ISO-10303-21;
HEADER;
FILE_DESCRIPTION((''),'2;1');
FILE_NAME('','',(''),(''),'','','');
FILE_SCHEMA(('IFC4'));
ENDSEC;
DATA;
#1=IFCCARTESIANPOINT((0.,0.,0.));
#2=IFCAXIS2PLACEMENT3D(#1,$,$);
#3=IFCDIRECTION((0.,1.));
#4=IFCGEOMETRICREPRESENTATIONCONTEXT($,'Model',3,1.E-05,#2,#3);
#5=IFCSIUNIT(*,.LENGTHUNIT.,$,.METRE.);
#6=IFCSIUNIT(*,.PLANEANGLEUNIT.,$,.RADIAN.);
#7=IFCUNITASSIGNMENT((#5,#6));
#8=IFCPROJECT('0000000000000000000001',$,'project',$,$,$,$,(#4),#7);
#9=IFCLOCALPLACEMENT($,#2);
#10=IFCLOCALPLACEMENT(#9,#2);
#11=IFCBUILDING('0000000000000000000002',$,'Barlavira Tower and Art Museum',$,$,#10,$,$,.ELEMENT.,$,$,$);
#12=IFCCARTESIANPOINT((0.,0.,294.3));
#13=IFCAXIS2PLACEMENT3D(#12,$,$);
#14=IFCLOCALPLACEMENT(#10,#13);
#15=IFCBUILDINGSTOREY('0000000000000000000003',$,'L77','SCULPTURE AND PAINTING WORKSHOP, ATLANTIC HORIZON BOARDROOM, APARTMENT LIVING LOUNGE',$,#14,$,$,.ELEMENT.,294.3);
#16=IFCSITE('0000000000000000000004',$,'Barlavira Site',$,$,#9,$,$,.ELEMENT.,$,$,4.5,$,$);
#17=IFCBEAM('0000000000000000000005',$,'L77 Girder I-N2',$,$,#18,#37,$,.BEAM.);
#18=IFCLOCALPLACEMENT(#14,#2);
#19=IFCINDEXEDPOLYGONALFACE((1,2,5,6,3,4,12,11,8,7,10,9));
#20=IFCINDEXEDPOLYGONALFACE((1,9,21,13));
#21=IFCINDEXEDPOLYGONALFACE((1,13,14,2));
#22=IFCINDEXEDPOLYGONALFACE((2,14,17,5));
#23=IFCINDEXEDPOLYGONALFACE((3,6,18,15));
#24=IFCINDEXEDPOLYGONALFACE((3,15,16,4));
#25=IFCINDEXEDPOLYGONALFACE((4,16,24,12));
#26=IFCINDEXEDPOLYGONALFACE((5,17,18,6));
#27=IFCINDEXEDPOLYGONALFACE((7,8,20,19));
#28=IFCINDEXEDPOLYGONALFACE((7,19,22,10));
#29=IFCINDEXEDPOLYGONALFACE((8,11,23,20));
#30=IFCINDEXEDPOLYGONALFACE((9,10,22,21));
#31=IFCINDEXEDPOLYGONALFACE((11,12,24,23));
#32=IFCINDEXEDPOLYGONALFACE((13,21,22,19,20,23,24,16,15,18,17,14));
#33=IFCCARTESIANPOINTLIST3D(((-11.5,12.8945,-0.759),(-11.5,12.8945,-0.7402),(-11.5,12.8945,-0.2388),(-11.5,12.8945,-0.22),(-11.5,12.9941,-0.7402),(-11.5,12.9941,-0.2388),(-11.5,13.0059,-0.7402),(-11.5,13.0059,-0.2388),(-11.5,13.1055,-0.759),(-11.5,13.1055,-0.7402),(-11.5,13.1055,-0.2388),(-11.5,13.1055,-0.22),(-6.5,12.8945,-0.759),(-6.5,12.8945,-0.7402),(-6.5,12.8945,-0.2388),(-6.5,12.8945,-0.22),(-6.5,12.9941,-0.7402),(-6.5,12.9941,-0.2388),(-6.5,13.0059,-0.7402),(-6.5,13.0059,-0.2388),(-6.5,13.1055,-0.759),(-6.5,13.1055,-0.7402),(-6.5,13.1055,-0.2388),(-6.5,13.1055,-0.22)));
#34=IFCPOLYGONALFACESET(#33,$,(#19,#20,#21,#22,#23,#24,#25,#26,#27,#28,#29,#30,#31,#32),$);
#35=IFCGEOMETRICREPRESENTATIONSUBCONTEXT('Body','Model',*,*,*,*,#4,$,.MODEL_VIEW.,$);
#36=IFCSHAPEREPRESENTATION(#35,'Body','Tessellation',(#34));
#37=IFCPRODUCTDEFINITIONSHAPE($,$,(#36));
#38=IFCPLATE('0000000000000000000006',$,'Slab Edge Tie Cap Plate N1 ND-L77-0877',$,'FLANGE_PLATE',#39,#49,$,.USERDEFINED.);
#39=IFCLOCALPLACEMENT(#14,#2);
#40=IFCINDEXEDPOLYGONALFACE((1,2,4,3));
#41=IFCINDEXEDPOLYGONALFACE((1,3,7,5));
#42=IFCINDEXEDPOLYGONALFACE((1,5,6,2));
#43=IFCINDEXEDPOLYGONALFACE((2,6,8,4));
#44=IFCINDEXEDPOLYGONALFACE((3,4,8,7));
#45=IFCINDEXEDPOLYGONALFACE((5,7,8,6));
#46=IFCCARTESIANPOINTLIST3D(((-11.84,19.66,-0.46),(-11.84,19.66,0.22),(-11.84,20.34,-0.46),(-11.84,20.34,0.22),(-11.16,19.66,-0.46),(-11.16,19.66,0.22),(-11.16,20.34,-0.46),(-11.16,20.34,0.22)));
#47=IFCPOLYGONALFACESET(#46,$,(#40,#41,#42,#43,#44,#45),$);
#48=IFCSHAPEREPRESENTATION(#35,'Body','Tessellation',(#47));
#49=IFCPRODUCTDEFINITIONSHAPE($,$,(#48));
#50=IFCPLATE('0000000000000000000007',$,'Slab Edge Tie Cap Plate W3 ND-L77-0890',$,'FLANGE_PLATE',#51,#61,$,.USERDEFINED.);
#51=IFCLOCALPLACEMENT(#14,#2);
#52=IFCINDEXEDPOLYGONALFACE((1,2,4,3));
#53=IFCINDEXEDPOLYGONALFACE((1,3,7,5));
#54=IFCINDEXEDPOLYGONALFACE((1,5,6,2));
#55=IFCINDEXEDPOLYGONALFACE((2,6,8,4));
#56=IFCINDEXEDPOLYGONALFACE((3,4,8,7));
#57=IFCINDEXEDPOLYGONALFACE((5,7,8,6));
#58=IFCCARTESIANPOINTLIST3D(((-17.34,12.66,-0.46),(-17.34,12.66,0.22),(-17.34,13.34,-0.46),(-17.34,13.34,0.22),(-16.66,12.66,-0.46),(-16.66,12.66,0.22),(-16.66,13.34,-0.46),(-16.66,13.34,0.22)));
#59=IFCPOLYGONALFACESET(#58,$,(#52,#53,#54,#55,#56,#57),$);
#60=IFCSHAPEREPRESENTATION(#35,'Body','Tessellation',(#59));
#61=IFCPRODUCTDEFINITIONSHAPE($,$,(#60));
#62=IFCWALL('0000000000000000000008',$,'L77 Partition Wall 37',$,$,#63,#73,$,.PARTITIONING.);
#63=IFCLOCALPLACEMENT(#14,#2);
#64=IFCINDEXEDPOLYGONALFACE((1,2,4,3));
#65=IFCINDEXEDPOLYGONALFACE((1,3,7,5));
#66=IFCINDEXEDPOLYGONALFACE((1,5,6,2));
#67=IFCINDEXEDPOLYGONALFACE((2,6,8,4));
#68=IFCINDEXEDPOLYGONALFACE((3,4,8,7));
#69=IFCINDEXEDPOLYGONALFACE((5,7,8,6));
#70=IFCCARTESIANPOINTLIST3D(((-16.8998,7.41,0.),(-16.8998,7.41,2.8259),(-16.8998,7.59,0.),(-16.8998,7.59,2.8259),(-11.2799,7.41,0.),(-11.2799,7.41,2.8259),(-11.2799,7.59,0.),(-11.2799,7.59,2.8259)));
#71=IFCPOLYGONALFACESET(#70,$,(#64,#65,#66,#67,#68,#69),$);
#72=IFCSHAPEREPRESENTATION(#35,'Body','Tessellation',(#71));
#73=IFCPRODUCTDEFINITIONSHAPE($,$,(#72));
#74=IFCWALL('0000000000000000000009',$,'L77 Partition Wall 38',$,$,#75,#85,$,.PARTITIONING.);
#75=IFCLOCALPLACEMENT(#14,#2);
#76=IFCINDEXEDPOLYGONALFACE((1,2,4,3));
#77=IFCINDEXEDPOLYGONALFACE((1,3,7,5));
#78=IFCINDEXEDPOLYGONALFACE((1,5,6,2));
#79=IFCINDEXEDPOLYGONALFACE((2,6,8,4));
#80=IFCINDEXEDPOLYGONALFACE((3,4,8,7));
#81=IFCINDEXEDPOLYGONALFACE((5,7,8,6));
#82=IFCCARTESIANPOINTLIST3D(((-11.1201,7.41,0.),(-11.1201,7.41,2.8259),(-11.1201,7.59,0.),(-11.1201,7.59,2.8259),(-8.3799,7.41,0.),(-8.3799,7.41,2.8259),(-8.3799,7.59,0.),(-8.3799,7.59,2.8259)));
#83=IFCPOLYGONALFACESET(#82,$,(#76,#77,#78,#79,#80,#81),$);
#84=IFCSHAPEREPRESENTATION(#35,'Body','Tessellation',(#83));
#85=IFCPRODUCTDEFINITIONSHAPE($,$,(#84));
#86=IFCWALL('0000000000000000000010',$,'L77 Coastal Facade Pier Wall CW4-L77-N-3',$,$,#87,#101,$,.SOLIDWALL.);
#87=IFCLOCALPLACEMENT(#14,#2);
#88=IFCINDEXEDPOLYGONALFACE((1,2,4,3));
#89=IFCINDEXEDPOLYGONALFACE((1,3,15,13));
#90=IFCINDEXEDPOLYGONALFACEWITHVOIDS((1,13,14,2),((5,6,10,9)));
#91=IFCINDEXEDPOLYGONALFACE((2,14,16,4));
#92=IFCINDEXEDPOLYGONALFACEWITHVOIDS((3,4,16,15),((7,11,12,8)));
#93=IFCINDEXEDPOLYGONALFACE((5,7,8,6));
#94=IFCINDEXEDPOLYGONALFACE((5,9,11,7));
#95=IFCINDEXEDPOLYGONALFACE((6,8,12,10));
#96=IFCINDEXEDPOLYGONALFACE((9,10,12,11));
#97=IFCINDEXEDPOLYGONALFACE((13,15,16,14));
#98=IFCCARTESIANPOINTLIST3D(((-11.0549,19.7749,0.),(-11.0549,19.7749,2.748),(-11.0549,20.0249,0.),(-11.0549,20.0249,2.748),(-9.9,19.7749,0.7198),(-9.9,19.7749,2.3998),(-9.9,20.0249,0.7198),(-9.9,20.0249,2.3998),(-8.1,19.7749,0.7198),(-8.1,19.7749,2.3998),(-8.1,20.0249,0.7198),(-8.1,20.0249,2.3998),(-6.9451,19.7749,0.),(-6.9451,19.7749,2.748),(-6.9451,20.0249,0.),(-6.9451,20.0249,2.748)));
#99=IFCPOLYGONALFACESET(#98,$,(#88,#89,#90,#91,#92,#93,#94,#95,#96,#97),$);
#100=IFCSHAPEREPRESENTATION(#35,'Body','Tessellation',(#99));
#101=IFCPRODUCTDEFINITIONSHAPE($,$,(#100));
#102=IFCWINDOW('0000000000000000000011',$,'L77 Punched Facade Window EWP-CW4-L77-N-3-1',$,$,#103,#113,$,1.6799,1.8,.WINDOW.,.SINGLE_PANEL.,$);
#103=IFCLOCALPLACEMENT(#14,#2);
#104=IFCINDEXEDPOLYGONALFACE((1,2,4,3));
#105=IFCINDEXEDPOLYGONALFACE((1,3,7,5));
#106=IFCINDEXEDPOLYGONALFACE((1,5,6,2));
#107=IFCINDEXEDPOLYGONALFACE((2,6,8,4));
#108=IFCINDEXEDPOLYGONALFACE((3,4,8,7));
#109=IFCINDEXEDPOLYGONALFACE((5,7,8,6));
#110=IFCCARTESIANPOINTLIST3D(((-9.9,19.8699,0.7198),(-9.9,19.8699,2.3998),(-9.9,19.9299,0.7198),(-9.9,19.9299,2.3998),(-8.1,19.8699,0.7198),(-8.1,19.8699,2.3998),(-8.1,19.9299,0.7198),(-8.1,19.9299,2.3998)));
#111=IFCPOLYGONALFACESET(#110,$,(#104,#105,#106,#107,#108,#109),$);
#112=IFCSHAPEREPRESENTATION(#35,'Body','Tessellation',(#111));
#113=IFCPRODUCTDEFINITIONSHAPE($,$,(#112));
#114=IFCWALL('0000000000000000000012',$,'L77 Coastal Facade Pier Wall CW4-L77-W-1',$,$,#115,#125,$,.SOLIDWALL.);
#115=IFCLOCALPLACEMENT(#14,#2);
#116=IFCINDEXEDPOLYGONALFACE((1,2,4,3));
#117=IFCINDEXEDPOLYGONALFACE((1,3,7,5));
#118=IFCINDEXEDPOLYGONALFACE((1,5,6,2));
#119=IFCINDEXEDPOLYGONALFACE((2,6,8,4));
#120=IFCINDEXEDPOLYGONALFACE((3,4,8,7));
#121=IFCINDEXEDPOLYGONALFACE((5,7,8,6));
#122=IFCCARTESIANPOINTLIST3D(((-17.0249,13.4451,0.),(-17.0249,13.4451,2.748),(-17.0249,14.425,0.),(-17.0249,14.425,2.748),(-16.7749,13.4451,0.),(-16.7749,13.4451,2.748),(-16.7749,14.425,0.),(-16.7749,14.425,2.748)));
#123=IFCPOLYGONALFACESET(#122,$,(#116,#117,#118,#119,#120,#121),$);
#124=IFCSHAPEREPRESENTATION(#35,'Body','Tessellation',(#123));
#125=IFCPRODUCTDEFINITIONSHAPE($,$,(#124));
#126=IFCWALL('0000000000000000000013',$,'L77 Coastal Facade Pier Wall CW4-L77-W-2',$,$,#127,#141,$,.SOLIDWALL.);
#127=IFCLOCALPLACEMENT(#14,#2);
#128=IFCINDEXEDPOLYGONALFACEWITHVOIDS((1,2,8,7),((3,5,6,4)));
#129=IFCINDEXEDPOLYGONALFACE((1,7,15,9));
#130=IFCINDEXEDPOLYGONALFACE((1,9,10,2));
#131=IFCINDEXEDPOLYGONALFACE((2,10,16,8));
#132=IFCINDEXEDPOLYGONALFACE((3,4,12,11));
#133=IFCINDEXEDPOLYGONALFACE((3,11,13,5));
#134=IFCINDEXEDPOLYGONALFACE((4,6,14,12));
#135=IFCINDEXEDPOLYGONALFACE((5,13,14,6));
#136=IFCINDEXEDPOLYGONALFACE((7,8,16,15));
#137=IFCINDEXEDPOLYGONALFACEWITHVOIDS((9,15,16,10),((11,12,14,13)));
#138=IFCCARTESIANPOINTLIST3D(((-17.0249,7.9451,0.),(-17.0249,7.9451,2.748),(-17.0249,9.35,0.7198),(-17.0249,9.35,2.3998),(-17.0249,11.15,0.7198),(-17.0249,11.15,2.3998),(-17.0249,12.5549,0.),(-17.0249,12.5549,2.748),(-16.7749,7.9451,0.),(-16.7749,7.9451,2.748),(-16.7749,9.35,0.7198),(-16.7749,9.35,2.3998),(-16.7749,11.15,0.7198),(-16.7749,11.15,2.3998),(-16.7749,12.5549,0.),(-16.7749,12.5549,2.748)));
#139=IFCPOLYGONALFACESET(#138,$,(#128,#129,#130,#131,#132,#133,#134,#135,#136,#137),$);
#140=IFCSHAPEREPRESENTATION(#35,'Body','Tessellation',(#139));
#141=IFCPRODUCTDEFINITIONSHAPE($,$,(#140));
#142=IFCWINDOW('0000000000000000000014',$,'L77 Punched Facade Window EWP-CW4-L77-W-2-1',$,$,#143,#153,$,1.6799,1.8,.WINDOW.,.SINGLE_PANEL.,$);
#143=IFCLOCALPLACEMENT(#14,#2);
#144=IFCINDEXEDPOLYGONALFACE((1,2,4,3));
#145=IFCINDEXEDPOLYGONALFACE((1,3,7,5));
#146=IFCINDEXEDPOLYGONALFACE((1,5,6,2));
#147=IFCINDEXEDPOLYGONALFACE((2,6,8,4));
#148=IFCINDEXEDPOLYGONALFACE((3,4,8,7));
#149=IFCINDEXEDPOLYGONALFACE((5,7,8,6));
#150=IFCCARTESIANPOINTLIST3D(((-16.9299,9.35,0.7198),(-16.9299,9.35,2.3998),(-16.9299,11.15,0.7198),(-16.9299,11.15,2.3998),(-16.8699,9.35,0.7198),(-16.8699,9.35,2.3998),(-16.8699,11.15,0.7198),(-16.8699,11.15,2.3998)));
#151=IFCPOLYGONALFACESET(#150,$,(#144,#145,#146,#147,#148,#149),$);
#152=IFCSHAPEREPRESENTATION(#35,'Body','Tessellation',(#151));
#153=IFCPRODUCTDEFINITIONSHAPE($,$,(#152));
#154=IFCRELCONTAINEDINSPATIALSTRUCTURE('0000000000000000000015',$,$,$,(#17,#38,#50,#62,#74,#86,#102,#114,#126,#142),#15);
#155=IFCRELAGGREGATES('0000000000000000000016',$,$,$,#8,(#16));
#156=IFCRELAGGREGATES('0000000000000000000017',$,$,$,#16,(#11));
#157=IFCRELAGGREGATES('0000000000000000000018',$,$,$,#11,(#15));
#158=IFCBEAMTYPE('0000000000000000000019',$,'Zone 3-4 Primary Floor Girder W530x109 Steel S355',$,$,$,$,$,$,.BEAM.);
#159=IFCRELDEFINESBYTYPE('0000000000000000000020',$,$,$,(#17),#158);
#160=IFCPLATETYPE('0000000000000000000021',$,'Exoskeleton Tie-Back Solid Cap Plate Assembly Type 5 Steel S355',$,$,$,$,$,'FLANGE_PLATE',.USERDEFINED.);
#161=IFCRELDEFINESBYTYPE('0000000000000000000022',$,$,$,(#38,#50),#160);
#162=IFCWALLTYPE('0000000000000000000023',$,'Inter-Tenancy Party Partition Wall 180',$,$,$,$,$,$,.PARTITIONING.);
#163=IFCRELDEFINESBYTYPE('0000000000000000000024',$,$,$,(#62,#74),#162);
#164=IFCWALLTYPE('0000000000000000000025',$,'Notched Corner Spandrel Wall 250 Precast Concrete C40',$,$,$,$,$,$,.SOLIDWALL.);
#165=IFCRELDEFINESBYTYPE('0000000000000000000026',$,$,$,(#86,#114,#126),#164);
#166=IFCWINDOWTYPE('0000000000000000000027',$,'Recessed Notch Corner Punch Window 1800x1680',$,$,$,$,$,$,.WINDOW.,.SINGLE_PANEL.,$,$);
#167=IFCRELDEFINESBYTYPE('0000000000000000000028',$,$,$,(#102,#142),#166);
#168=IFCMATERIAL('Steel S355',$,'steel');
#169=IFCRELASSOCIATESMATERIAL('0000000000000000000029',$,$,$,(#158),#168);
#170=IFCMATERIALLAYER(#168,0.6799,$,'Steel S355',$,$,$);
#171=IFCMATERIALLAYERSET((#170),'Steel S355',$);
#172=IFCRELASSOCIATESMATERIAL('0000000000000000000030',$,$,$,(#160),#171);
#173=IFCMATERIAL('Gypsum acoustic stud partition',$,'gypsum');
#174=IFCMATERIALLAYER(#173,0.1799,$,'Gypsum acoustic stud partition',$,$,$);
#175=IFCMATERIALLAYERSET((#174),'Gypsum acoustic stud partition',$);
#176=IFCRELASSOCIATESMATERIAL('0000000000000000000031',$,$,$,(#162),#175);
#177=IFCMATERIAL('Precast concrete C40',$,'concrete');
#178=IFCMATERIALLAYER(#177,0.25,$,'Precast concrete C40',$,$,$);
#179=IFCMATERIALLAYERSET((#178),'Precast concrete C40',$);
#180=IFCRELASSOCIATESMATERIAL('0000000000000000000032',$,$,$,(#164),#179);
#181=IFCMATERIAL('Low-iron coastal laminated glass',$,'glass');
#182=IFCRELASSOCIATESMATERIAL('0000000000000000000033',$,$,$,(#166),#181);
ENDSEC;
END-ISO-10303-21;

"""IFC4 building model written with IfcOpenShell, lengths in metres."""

from ifc_helpers import new_model, si_unit, direction, frame, frame_2d, origin, origin_2d, place, context, subcontext, project, spatial, rectangle, i_section, extrude, material, layer, layer_set, material_profile, profile_set, type_object, element, fill, save


model = new_model("IFC4")

# Units and contexts
model_context = context("Model", 3, precision=1e-05, world=origin(), true_north=direction((0.0, 1.0)))
body_context = subcontext(model_context, "Body", "Model", "MODEL_VIEW")
ifc_project = project(units=[si_unit("LENGTHUNIT", "METRE"), si_unit("PLANEANGLEUNIT", "RADIAN")], contexts=[model_context])

# Site, building, storey
site_placement = place(None, origin())
site = spatial("IfcSite", under=ifc_project, at=site_placement, Name="Barlavira Site", CompositionType="ELEMENT", RefElevation=4.5)
building_placement = place(site_placement, origin())
building = spatial("IfcBuilding", under=site, at=building_placement, Name="Barlavira Tower and Art Museum", CompositionType="ELEMENT")
storey_placement = place(building_placement, frame((0.0, 0.0, 294.3)))
storey = spatial("IfcBuildingStorey", under=building, at=storey_placement, Name="L77", Description="SCULPTURE AND PAINTING WORKSHOP, ATLANTIC HORIZON BOARDROOM, APARTMENT LIVING LOUNGE", CompositionType="ELEMENT", Elevation=294.3)

# Shared definitions
ifc_material_1 = material(Name="Steel S355", Category="steel")

# Beam
ifc_material_profile_1 = material_profile(ifc_material_1, i_section(OverallWidth=0.2109, OverallDepth=0.5391, WebThickness=0.0117, FlangeThickness=0.0188, at=origin_2d()), Name="W530x109.0")
ifc_profile_set_1 = profile_set([ifc_material_profile_1], Name="Steel S355")
beam_type_1 = type_object("IfcBeamType", Name="Zone 3-4 Primary Floor Girder W530x109 Steel S355", PredefinedType="BEAM", material=ifc_profile_set_1)
beam_1_placement = place(storey_placement, frame((-11.5, 13.0, -0.4895), z_axis=(1.0, 0.0, 0.0), x_axis=(0.0, 1.0, 0.0)))
element("IfcBeam", 1, at=beam_1_placement, inside=storey, type_object=beam_type_1, Name="L77 Girder I-N2", PredefinedType="BEAM", context=body_context, shape_type="SweptSolid", body=[
    extrude(i_section(OverallWidth=0.2109, OverallDepth=0.5391, WebThickness=0.0117, FlangeThickness=0.0188, at=origin_2d()), origin(), (0.0, 0.0, 1.0), 5.0),
])

# Plates
ifc_layer_1 = layer(ifc_material_1, 0.6799, Name="Steel S355")
ifc_layer_set_1 = layer_set([ifc_layer_1], Name="Steel S355")
plate_type = type_object("IfcPlateType", Name="Exoskeleton Tie-Back Solid Cap Plate Assembly Type 5 Steel S355", ElementType="FLANGE_PLATE", PredefinedType="USERDEFINED", material=ifc_layer_set_1)
for number, where, z_axis, x_axis, name in (
    (2, (-11.5, 20.0, -0.46), (0.0, 0.0, 1.0), (1.0, 0.0, 0.0), "Slab Edge Tie Cap Plate N1 ND-L77-0877"),
    (3, (-17.0, 13.0, -0.46), (0.0, 0.0, 1.0), (1.0, 0.0, 0.0), "Slab Edge Tie Cap Plate W3 ND-L77-0890"),
):
    element("IfcPlate", number, at=place(storey_placement, frame(where, z_axis=z_axis, x_axis=x_axis)), inside=storey, type_object=plate_type, Name=name, ObjectType="FLANGE_PLATE", PredefinedType="USERDEFINED", context=body_context, shape_type="SweptSolid", body=[
        extrude(rectangle(XDim=0.6799, YDim=0.6799, at=origin_2d()), origin(), (0.0, 0.0, 1.0), 0.6799),
    ])

# Walls
ifc_material_2 = material(Name="Gypsum acoustic stud partition", Category="gypsum")
ifc_layer_2 = layer(ifc_material_2, 0.1799, Name="Gypsum acoustic stud partition")
ifc_layer_set_2 = layer_set([ifc_layer_2], Name="Gypsum acoustic stud partition")
wall_type_1 = type_object("IfcWallType", Name="Inter-Tenancy Party Partition Wall 180", PredefinedType="PARTITIONING", material=ifc_layer_set_2)
wall_1_placement = place(storey_placement, frame((-16.8999, 7.5, 0.0), z_axis=(0.0, 0.0, 1.0), x_axis=(1.0, 0.0, 0.0)))
element("IfcWall", 4, at=wall_1_placement, inside=storey, type_object=wall_type_1, Name="L77 Partition Wall 37", PredefinedType="PARTITIONING", context=body_context, shape_type="SweptSolid", body=[
    extrude(rectangle(XDim=5.6199, YDim=0.1799, at=frame_2d((2.8101, 0.0))), origin(), (0.0, 0.0, 1.0), 2.8259),
])
wall_2_placement = place(storey_placement, frame((-11.1201, 7.5, 0.0), z_axis=(0.0, 0.0, 1.0), x_axis=(1.0, 0.0, 0.0)))
element("IfcWall", 5, at=wall_2_placement, inside=storey, type_object=wall_type_1, Name="L77 Partition Wall 38", PredefinedType="PARTITIONING", context=body_context, shape_type="SweptSolid", body=[
    extrude(rectangle(XDim=2.7402, YDim=0.1799, at=frame_2d((1.3701, 0.0))), origin(), (0.0, 0.0, 1.0), 2.8259),
])

# Wall, opening, window
ifc_material_3 = material(Name="Precast concrete C40", Category="concrete")
ifc_layer_3 = layer(ifc_material_3, 0.25, Name="Precast concrete C40")
ifc_layer_set_3 = layer_set([ifc_layer_3], Name="Precast concrete C40")
wall_type_2 = type_object("IfcWallType", Name="Notched Corner Spandrel Wall 250 Precast Concrete C40", PredefinedType="SOLIDWALL", material=ifc_layer_set_3)
wall_3_placement = place(storey_placement, frame((-6.9451, 19.8999, 0.0), z_axis=(0.0, 0.0, 1.0), x_axis=(-1.0, 0.0, 0.0)))
wall_3 = element("IfcWall", 6, at=wall_3_placement, inside=storey, type_object=wall_type_2, Name="L77 Coastal Facade Pier Wall CW4-L77-N-3", PredefinedType="SOLIDWALL", context=body_context, shape_type="SweptSolid", body=[
    extrude(rectangle(XDim=4.1099, YDim=0.25, at=frame_2d((2.0549, 0.0))), origin(), (0.0, 0.0, 1.0), 2.748),
])
opening_1_placement = place(wall_3_placement, frame((1.155, 0.0, 0.72)))
opening_1 = element("IfcOpeningElement", 7, at=opening_1_placement, cuts=wall_3, PredefinedType="OPENING", context=body_context, shape_type="SweptSolid", body=[
    extrude(rectangle(XDim=1.8, YDim=1.6799, at=frame_2d((0.8999, 0.8398))), frame((0.0, 0.135, 0.0), z_axis=(0.0, -1.0, 0.0), x_axis=(1.0, 0.0, 0.0)), (0.0, 0.0, 1.0), 0.27),
])
ifc_material_4 = material(Name="Low-iron coastal laminated glass", Category="glass")
window_type = type_object("IfcWindowType", Name="Recessed Notch Corner Punch Window 1800x1680", PartitioningType="SINGLE_PANEL", PredefinedType="WINDOW", material=ifc_material_4)
window_1_placement = place(opening_1_placement, origin())
window_1 = element("IfcWindow", 8, at=window_1_placement, inside=storey, type_object=window_type, Name="L77 Punched Facade Window EWP-CW4-L77-N-3-1", OverallHeight=1.6799, OverallWidth=1.8, PartitioningType="SINGLE_PANEL", PredefinedType="WINDOW", context=body_context, shape_type="SweptSolid", body=[
    extrude(rectangle(XDim=1.8, YDim=1.6799, at=frame_2d((0.8999, 0.8398))), frame((0.0, 0.03, 0.0), z_axis=(0.0, -1.0, 0.0), x_axis=(1.0, 0.0, 0.0)), (0.0, 0.0, 1.0), 0.0601),
])
fill(opening_1, window_1)

# Wall
wall_4_placement = place(storey_placement, frame((-16.8999, 14.425, 0.0), z_axis=(0.0, 0.0, 1.0), x_axis=(0.0, -1.0, 0.0)))
element("IfcWall", 9, at=wall_4_placement, inside=storey, type_object=wall_type_2, Name="L77 Coastal Facade Pier Wall CW4-L77-W-1", PredefinedType="SOLIDWALL", context=body_context, shape_type="SweptSolid", body=[
    extrude(rectangle(XDim=0.98, YDim=0.25, at=frame_2d((0.49, 0.0))), origin(), (0.0, 0.0, 1.0), 2.748),
])

# Wall, opening, window
wall_5_placement = place(storey_placement, frame((-16.8999, 12.5549, 0.0), z_axis=(0.0, 0.0, 1.0), x_axis=(0.0, -1.0, 0.0)))
wall_5 = element("IfcWall", 10, at=wall_5_placement, inside=storey, type_object=wall_type_2, Name="L77 Coastal Facade Pier Wall CW4-L77-W-2", PredefinedType="SOLIDWALL", context=body_context, shape_type="SweptSolid", body=[
    extrude(rectangle(XDim=4.6099, YDim=0.25, at=frame_2d((2.3049, 0.0))), origin(), (0.0, 0.0, 1.0), 2.748),
])
opening_2_placement = place(wall_5_placement, frame((1.405, 0.0, 0.72)))
opening_2 = element("IfcOpeningElement", 11, at=opening_2_placement, cuts=wall_5, PredefinedType="OPENING", context=body_context, shape_type="SweptSolid", body=[
    extrude(rectangle(XDim=1.8, YDim=1.6799, at=frame_2d((0.8999, 0.8398))), frame((0.0, 0.135, 0.0), z_axis=(0.0, -1.0, 0.0), x_axis=(1.0, 0.0, 0.0)), (0.0, 0.0, 1.0), 0.27),
])
window_2_placement = place(opening_2_placement, origin())
window_2 = element("IfcWindow", 12, at=window_2_placement, inside=storey, type_object=window_type, Name="L77 Punched Facade Window EWP-CW4-L77-W-2-1", OverallHeight=1.6799, OverallWidth=1.8, PartitioningType="SINGLE_PANEL", PredefinedType="WINDOW", context=body_context, shape_type="SweptSolid", body=[
    extrude(rectangle(XDim=1.8, YDim=1.6799, at=frame_2d((0.8999, 0.8398))), frame((0.0, 0.03, 0.0), z_axis=(0.0, -1.0, 0.0), x_axis=(1.0, 0.0, 0.0)), (0.0, 0.0, 1.0), 0.0601),
])
fill(opening_2, window_2)

save(model, "model.ifc")
